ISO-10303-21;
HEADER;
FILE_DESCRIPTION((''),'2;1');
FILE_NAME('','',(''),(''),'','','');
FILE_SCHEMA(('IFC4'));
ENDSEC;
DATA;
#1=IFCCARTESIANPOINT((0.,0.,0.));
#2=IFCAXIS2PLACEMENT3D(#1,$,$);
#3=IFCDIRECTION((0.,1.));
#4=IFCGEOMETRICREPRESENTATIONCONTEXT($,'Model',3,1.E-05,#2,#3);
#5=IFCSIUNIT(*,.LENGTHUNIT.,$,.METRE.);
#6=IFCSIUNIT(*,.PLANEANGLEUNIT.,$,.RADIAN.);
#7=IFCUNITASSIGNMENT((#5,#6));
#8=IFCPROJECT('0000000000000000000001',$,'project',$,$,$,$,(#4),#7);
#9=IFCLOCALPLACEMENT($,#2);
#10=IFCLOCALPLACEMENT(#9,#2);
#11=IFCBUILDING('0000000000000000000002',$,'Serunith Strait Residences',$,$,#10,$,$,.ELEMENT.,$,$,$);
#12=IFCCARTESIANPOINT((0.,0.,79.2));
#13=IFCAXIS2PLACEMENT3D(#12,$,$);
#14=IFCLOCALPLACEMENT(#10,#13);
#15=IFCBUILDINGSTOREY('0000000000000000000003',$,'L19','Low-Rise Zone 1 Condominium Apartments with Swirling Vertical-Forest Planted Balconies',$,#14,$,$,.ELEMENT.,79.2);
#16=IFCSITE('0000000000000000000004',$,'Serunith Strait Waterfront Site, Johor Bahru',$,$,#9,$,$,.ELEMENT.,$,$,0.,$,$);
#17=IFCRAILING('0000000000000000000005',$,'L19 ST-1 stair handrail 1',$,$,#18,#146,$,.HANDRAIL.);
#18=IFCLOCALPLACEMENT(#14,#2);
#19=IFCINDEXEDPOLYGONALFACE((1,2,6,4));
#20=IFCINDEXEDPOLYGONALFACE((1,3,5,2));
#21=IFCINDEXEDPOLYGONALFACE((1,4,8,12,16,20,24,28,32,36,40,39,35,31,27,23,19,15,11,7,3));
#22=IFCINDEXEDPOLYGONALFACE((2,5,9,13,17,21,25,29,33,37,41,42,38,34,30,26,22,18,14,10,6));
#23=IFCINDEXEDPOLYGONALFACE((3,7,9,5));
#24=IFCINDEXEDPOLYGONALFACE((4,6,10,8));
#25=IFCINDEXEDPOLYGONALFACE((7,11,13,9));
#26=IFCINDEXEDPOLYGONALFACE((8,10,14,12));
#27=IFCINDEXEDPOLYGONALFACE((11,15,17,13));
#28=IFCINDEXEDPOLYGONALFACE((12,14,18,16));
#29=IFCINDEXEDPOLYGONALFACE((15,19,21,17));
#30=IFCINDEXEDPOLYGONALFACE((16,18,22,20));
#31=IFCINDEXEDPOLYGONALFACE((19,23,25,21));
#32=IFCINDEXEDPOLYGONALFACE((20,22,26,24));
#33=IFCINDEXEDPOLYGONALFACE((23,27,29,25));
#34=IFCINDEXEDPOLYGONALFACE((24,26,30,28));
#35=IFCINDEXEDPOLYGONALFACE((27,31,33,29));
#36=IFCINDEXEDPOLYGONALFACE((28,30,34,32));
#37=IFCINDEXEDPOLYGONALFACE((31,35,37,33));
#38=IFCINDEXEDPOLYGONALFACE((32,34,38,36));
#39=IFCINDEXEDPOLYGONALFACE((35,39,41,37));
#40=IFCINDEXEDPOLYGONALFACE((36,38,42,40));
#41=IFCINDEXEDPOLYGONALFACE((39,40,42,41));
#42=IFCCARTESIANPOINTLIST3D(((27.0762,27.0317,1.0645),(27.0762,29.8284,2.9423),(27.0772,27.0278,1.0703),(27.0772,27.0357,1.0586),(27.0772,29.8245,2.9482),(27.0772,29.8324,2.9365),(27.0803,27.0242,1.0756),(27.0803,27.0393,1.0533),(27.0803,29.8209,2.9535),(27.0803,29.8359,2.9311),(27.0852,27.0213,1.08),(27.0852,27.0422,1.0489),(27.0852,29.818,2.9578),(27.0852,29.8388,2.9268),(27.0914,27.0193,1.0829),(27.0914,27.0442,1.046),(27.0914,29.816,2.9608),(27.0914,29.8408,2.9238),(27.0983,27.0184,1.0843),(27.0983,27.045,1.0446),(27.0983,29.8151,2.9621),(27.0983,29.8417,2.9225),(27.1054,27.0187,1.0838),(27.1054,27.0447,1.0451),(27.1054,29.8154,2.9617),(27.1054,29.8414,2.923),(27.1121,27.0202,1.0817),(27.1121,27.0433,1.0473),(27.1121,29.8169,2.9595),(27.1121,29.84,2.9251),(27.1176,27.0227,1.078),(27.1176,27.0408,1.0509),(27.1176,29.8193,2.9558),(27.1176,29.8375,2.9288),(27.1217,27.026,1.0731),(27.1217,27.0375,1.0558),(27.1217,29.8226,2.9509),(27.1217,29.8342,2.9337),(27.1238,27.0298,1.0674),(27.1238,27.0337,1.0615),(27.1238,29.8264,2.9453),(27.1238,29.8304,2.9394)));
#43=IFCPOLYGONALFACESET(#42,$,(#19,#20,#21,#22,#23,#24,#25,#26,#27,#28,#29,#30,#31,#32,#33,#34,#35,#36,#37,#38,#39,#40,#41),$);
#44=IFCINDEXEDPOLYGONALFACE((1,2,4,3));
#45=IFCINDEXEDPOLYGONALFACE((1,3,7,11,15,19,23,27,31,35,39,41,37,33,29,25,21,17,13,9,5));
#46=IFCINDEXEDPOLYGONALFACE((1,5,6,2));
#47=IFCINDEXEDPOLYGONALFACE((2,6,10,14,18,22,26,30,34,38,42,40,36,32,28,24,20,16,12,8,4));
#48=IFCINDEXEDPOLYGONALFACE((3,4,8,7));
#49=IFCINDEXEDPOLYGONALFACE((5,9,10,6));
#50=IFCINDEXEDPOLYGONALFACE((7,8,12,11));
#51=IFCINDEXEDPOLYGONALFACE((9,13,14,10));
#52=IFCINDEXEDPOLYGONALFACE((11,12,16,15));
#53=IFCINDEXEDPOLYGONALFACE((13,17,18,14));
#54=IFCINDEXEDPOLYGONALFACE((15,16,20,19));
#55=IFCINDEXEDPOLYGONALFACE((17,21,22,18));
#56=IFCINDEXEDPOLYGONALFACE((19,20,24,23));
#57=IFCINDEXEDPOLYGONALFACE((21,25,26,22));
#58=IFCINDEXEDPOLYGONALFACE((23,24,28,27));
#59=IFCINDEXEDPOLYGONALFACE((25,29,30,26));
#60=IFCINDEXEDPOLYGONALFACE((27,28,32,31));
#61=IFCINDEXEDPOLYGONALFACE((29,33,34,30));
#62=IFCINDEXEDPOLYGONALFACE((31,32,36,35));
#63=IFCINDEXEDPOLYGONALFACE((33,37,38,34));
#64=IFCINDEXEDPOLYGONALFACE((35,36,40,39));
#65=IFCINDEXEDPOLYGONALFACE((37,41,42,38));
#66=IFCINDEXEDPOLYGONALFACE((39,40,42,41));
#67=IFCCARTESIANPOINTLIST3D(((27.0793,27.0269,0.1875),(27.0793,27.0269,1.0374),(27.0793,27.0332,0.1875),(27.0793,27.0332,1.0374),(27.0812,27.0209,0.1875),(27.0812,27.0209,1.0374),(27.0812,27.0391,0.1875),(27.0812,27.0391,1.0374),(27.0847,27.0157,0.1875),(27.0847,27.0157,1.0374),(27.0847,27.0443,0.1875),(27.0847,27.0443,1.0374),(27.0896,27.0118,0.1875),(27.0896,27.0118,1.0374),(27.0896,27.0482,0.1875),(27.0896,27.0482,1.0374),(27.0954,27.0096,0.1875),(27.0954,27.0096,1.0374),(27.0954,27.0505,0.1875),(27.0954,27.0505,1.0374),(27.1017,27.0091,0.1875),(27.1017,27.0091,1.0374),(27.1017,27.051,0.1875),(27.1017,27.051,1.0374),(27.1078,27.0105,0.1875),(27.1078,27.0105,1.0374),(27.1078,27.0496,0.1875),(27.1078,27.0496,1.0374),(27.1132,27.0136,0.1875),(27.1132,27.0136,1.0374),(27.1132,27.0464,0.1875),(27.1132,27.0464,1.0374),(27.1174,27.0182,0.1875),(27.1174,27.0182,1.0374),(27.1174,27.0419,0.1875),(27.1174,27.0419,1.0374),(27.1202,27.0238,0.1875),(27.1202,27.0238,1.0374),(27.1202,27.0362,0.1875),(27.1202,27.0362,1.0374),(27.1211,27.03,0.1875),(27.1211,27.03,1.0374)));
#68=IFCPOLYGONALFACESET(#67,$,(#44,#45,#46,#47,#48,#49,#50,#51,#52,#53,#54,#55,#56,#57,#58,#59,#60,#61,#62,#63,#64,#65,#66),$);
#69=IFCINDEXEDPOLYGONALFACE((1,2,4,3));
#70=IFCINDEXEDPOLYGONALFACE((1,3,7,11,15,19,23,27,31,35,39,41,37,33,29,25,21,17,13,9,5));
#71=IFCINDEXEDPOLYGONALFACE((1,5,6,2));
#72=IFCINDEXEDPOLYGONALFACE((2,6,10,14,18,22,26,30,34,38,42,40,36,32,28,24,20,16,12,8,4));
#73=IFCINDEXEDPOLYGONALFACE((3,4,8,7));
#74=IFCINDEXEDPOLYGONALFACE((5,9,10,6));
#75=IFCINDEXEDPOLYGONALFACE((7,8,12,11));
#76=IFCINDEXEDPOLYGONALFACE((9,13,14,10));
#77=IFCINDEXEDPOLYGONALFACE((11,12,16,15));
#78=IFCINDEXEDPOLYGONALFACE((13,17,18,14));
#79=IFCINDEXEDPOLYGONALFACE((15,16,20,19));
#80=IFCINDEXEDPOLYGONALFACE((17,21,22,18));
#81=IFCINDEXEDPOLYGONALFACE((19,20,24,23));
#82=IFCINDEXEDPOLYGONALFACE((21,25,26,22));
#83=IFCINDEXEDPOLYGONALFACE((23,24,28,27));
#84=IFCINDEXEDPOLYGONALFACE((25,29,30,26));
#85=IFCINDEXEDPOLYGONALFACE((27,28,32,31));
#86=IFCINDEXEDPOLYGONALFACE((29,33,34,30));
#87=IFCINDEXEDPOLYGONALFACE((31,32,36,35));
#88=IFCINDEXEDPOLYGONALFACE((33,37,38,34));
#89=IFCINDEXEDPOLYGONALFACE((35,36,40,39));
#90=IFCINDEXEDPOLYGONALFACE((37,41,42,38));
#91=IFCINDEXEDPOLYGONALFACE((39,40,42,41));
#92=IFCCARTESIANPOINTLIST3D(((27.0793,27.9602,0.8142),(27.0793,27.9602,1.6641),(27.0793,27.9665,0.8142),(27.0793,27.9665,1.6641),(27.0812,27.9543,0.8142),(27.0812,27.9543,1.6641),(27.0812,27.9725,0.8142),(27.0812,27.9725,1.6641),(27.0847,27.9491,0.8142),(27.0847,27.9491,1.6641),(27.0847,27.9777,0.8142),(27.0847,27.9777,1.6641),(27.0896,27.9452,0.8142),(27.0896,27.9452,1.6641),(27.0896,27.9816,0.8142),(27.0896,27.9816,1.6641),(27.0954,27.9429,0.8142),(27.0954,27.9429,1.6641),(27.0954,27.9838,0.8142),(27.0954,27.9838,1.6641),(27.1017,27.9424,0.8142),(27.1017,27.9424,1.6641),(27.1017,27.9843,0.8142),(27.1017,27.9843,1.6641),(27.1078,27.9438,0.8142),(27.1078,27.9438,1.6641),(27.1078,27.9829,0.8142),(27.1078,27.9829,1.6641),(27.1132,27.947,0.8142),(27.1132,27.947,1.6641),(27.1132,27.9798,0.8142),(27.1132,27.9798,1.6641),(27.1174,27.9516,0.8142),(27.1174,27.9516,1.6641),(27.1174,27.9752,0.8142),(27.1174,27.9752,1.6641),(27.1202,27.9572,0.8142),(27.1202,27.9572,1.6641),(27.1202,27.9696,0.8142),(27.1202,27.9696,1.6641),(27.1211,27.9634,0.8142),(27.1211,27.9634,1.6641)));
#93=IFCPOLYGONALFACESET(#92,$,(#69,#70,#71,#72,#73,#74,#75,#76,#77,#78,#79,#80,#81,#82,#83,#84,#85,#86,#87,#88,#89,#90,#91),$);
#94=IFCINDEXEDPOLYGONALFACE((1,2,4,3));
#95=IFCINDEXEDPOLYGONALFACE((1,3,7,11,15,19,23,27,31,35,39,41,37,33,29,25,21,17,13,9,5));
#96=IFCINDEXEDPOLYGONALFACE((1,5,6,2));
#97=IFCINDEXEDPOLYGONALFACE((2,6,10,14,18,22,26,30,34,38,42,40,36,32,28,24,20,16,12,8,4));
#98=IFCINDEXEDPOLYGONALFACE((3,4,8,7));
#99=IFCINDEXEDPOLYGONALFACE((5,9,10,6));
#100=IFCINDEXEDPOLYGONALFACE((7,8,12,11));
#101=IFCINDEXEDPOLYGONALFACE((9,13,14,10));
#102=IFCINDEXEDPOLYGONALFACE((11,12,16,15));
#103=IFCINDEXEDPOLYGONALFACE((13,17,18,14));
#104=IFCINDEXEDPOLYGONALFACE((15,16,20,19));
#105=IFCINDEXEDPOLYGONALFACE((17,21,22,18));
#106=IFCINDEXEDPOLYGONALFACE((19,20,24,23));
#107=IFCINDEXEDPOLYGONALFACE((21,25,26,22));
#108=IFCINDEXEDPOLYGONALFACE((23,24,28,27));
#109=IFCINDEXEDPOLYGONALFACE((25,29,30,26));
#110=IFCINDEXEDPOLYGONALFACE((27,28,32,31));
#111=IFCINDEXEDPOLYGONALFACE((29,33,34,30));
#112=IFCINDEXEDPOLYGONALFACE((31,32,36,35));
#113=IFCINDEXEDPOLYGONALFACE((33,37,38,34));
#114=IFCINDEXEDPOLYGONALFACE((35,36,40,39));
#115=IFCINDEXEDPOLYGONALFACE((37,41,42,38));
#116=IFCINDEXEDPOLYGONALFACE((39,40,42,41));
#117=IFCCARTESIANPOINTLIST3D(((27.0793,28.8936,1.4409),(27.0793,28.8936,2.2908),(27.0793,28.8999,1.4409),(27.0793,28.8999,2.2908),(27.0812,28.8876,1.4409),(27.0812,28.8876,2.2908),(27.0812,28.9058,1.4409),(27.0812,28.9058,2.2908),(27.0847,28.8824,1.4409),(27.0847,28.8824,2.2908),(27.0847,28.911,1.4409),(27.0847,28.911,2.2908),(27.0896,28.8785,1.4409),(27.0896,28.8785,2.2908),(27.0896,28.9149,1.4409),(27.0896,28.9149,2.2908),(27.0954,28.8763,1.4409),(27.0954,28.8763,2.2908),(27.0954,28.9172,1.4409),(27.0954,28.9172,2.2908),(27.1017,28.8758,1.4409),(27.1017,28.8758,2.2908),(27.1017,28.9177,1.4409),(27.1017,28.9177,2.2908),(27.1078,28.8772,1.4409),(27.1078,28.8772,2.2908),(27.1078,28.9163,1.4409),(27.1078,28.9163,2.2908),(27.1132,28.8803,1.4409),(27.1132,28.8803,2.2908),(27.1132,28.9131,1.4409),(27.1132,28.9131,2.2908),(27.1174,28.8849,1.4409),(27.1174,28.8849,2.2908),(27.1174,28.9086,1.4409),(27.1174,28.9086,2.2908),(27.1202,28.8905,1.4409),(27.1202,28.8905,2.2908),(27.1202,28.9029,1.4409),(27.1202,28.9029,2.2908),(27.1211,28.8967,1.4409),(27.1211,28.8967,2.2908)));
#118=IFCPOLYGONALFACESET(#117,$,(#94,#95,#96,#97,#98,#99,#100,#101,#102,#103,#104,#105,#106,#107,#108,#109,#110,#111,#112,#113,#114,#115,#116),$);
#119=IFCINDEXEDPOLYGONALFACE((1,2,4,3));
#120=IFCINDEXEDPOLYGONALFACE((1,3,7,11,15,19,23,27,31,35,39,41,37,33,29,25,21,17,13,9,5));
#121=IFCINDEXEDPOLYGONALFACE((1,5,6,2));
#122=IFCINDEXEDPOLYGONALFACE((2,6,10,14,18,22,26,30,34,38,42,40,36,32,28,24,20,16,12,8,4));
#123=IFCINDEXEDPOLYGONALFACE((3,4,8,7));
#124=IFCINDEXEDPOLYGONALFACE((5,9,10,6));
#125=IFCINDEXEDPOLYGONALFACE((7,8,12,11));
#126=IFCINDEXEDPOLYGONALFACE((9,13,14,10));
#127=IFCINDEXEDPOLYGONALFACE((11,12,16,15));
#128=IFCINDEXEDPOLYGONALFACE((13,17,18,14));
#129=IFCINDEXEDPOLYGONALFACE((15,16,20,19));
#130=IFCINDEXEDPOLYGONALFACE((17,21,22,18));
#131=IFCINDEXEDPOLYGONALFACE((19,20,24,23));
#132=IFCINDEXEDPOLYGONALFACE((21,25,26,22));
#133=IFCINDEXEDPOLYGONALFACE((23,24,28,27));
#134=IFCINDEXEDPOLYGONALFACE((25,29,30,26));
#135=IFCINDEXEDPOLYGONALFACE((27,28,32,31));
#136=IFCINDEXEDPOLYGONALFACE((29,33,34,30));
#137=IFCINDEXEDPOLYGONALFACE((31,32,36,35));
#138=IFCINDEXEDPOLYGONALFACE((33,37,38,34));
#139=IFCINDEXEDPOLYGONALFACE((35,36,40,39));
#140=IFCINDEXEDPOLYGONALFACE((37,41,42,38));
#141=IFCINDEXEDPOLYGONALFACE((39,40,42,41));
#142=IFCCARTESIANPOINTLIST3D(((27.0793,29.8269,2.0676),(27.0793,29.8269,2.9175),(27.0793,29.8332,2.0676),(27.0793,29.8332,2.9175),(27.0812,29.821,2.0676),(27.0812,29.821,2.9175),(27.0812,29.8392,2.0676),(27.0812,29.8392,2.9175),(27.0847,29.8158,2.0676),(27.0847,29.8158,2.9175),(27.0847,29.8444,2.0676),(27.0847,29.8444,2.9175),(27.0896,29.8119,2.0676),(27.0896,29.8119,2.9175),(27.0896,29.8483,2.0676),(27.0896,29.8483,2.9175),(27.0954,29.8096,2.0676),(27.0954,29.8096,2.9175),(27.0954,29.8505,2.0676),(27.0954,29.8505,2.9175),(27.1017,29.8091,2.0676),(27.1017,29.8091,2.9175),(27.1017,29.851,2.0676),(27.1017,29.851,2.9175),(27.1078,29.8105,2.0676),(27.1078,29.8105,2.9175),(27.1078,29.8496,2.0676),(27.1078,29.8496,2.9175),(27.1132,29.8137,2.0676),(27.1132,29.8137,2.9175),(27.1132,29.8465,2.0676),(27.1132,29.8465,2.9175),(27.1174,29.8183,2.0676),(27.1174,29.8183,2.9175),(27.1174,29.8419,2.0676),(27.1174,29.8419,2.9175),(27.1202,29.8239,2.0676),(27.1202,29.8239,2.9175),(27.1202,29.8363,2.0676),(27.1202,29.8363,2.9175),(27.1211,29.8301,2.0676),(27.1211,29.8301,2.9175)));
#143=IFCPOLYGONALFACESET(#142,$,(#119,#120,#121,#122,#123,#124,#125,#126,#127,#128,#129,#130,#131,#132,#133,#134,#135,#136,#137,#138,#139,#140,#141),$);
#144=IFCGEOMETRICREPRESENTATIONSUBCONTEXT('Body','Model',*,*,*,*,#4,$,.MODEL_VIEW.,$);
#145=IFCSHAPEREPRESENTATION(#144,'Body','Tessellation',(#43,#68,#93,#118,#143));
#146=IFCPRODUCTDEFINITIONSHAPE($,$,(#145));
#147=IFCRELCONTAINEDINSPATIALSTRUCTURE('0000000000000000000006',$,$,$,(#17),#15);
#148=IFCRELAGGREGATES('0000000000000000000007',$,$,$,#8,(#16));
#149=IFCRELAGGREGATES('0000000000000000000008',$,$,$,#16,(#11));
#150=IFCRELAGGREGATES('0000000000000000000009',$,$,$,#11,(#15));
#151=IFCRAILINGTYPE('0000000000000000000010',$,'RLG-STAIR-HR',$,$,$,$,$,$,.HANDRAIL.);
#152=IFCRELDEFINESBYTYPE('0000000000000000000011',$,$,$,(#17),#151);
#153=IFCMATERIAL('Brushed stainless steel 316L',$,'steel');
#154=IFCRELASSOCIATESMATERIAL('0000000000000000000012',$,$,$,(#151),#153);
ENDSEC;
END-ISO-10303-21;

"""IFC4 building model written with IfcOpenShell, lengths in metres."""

from ifc_helpers import new_model, si_unit, direction, frame, origin, origin_2d, place, context, subcontext, project, spatial, circle, extrude, material, type_object, element, save


model = new_model("IFC4")

# Units and contexts
model_context = context("Model", 3, precision=1e-05, world=origin(), true_north=direction((0.0, 1.0)))
body_context = subcontext(model_context, "Body", "Model", "MODEL_VIEW")
ifc_project = project(units=[si_unit("LENGTHUNIT", "METRE"), si_unit("PLANEANGLEUNIT", "RADIAN")], contexts=[model_context])

# Site, building, storey
site_placement = place(None, origin())
site = spatial("IfcSite", under=ifc_project, at=site_placement, Name="Serunith Strait Waterfront Site, Johor Bahru", CompositionType="ELEMENT", RefElevation=0.0)
building_placement = place(site_placement, origin())
building = spatial("IfcBuilding", under=site, at=building_placement, Name="Serunith Strait Residences", CompositionType="ELEMENT")
storey_placement = place(building_placement, frame((0.0, 0.0, 79.2)))
storey = spatial("IfcBuildingStorey", under=building, at=storey_placement, Name="L19", Description="Low-Rise Zone 1 Condominium Apartments with Swirling Vertical-Forest Planted Balconies", CompositionType="ELEMENT", Elevation=79.2)

# Railing
ifc_material_1 = material(Name="Brushed stainless steel 316L", Category="steel")
railing_type_1 = type_object("IfcRailingType", Name="RLG-STAIR-HR", PredefinedType="HANDRAIL", material=ifc_material_1)
railing_1_placement = place(storey_placement, frame((27.1001, 27.03, 0.1875)))
element("IfcRailing", 1, at=railing_1_placement, inside=storey, type_object=railing_type_1, Name="L19 ST-1 stair handrail 1", PredefinedType="HANDRAIL", context=body_context, shape_type="SweptSolid", body=[
    extrude(circle(Radius=0.0239, at=origin_2d()), frame((0.0, 0.0017, 0.877), z_axis=(0.0, 0.830208, 0.557453), x_axis=(-1.0, 0.0, 0.0)), (0.0, 0.0, 1.0), 3.3687),
    extrude(circle(Radius=0.021, at=origin_2d()), origin(), (0.0, 0.0, 1.0), 0.8499),
    extrude(circle(Radius=0.021, at=origin_2d()), frame((0.0, 0.9333, 0.6267)), (0.0, 0.0, 1.0), 0.8499),
    extrude(circle(Radius=0.021, at=origin_2d()), frame((0.0, 1.8667, 1.2534)), (0.0, 0.0, 1.0), 0.8499),
    extrude(circle(Radius=0.021, at=origin_2d()), frame((0.0, 2.8, 1.8801)), (0.0, 0.0, 1.0), 0.8499),
])

save(model, "model.ifc")
